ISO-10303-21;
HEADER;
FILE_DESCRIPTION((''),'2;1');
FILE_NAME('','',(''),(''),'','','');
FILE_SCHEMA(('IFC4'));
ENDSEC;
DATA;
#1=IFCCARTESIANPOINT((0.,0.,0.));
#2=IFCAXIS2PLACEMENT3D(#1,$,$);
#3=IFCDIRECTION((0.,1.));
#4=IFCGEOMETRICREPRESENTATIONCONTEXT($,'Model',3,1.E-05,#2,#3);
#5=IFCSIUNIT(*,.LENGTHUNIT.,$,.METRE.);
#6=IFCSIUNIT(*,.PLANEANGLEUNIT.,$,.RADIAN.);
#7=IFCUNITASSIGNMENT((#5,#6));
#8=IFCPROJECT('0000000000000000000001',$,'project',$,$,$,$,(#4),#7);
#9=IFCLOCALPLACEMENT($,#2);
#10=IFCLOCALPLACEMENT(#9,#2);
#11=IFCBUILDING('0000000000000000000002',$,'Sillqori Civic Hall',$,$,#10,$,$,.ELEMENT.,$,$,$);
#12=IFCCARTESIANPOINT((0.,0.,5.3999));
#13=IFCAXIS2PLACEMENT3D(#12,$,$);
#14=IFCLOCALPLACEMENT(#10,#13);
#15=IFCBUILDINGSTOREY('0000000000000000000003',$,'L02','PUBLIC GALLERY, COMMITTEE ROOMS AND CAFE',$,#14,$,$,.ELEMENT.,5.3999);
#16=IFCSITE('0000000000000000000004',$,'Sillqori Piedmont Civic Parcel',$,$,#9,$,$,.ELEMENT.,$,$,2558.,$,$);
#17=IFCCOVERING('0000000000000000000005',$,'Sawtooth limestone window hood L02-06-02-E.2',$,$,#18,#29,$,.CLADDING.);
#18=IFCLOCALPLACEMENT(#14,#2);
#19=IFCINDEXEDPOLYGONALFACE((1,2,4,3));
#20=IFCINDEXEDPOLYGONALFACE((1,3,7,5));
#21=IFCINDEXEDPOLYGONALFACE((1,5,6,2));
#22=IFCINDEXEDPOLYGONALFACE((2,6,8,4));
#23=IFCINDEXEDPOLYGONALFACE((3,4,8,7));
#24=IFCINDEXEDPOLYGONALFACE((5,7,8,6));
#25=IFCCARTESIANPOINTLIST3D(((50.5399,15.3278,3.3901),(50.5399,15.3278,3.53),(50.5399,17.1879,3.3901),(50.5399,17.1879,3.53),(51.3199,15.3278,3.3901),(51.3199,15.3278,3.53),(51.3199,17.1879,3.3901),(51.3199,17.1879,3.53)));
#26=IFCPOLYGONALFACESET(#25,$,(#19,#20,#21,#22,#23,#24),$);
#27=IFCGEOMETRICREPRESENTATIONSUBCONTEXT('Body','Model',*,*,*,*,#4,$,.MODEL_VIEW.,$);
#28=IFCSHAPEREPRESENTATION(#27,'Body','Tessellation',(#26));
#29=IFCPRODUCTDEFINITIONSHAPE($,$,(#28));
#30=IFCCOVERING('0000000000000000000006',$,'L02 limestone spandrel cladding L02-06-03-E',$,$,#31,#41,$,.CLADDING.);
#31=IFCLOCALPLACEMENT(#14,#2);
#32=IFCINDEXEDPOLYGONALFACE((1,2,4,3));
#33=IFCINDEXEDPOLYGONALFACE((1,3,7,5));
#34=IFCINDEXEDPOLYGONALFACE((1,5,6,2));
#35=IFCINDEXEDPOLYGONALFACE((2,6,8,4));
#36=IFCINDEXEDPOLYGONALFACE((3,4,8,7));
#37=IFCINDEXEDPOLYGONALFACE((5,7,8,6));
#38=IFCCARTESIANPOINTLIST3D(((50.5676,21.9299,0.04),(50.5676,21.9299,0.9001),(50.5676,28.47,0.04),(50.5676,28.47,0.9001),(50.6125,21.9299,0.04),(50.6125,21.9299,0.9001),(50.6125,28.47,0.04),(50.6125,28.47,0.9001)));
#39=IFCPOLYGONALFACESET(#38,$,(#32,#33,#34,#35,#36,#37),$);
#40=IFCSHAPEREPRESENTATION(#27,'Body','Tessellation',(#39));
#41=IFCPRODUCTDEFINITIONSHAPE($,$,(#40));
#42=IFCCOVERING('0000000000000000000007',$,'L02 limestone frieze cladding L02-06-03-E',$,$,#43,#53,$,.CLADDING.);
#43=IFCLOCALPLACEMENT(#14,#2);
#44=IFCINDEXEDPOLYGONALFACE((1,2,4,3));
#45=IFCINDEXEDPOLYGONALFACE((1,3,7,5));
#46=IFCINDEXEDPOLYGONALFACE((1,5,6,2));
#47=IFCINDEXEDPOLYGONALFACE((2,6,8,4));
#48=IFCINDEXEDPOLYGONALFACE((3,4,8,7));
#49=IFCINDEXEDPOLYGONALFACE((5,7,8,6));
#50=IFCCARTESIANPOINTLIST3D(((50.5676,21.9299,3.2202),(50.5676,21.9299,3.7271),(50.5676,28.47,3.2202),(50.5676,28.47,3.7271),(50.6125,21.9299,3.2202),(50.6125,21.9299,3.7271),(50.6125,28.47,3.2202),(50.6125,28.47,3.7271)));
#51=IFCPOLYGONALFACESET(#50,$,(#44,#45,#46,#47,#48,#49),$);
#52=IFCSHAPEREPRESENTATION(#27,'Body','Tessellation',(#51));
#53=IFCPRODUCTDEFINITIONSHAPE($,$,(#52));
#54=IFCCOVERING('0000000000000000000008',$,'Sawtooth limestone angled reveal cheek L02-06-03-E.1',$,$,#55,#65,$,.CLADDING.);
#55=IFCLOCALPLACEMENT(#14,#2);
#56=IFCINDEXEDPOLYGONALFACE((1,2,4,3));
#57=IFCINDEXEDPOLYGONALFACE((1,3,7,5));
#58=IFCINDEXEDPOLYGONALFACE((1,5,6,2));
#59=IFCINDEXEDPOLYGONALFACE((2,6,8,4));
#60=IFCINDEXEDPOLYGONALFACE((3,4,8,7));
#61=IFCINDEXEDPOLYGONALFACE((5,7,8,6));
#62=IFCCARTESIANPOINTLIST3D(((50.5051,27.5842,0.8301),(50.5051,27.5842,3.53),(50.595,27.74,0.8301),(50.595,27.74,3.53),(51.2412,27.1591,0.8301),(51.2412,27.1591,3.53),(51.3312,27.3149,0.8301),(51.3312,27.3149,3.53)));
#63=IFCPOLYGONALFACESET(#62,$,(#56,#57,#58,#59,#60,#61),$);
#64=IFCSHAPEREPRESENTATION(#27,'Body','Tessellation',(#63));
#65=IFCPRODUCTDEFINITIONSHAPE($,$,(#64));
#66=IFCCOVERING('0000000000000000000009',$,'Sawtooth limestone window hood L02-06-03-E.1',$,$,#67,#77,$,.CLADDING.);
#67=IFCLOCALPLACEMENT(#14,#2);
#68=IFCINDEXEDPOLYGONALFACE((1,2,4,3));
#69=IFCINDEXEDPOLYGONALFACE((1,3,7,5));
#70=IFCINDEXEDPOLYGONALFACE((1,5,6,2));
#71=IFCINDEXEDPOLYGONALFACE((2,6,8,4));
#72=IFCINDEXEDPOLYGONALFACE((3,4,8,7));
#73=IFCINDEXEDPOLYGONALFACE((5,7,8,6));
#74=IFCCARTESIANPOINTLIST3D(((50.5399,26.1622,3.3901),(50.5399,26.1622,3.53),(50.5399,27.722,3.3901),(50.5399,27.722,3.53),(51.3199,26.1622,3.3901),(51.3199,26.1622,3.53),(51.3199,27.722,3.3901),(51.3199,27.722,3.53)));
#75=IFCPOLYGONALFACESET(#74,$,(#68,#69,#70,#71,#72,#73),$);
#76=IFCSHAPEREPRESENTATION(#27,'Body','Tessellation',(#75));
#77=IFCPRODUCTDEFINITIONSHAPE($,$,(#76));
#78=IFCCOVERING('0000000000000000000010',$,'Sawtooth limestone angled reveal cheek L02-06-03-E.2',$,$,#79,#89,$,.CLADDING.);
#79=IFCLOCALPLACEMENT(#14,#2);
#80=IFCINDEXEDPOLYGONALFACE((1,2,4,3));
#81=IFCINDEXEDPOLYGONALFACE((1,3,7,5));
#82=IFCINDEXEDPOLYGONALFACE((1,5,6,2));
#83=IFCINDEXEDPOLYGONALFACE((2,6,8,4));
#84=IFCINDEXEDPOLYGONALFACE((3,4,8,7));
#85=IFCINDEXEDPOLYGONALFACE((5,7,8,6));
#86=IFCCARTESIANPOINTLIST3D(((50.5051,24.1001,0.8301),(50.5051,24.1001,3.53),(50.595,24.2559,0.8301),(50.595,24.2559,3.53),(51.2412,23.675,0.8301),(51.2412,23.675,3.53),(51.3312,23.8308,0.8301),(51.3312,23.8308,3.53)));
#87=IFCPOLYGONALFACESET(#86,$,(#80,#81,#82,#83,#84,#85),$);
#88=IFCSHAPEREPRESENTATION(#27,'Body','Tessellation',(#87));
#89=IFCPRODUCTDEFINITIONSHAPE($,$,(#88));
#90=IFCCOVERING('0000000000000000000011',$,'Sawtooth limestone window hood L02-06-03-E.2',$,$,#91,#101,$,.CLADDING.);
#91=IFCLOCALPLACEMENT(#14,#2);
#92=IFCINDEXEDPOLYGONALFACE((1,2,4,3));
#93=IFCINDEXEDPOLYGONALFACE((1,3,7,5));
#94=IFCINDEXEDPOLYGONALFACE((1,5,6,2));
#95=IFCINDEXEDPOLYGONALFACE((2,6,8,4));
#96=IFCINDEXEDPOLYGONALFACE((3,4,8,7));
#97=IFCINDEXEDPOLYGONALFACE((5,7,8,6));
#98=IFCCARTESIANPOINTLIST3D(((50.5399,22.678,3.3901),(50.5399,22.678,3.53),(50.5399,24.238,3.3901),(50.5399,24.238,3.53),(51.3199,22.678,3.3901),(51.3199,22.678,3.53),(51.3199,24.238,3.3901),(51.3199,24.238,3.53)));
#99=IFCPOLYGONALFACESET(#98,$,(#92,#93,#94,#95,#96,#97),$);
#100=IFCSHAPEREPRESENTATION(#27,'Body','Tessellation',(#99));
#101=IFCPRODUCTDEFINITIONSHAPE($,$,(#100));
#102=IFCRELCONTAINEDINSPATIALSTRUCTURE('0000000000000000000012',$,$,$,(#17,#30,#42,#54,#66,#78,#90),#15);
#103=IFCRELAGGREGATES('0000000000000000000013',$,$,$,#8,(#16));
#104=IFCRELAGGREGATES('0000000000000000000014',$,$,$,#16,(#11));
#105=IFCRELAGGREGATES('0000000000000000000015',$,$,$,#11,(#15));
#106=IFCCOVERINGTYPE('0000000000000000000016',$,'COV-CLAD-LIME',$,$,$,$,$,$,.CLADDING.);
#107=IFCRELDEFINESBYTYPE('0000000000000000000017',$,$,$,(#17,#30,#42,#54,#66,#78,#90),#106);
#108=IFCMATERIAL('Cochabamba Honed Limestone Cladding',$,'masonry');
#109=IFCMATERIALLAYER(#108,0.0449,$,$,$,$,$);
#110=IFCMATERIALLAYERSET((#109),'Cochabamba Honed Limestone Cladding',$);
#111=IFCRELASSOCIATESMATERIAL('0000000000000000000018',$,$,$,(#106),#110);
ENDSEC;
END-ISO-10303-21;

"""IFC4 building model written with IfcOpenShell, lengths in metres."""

from ifc_helpers import new_model, si_unit, direction, frame, frame_2d, origin, place, context, subcontext, project, spatial, rectangle, extrude, material, layer, layer_set, type_object, element, save


model = new_model("IFC4")

# Units and contexts
model_context = context("Model", 3, precision=1e-05, world=origin(), true_north=direction((0.0, 1.0)))
body_context = subcontext(model_context, "Body", "Model", "MODEL_VIEW")
ifc_project = project(units=[si_unit("LENGTHUNIT", "METRE"), si_unit("PLANEANGLEUNIT", "RADIAN")], contexts=[model_context])

# Site, building, storey
site_placement = place(None, origin())
site = spatial("IfcSite", under=ifc_project, at=site_placement, Name="Sillqori Piedmont Civic Parcel", CompositionType="ELEMENT", RefElevation=2558.0)
building_placement = place(site_placement, origin())
building = spatial("IfcBuilding", under=site, at=building_placement, Name="Sillqori Civic Hall", CompositionType="ELEMENT")
storey_placement = place(building_placement, frame((0.0, 0.0, 5.3999)))
storey = spatial("IfcBuildingStorey", under=building, at=storey_placement, Name="L02", Description="PUBLIC GALLERY, COMMITTEE ROOMS AND CAFE", CompositionType="ELEMENT", Elevation=5.3999)

# Coverings
ifc_material_1 = material(Name="Cochabamba Honed Limestone Cladding", Category="masonry")
ifc_layer_1 = layer(ifc_material_1, 0.0449)
ifc_layer_set_1 = layer_set([ifc_layer_1], Name="Cochabamba Honed Limestone Cladding")
covering_type = type_object("IfcCoveringType", Name="COV-CLAD-LIME", PredefinedType="CLADDING", material=ifc_layer_set_1)
covering_1_placement = place(storey_placement, frame((50.9299, 17.188, 3.3901), z_axis=(0.0, 0.0, 1.0), x_axis=(0.0, -1.0, 0.0)))
element("IfcCovering", 1, at=covering_1_placement, inside=storey, type_object=covering_type, Name="Sawtooth limestone window hood L02-06-02-E.2", PredefinedType="CLADDING", context=body_context, shape_type="SweptSolid", body=[
    extrude(rectangle(XDim=1.8601, YDim=0.78, at=frame_2d((0.9302, 0.0))), origin(), (0.0, 0.0, 1.0), 0.1399),
])
covering_2_placement = place(storey_placement, frame((50.5901, 28.47, 0.04), z_axis=(0.0, 0.0, 1.0), x_axis=(0.0, -1.0, 0.0)))
element("IfcCovering", 2, at=covering_2_placement, inside=storey, type_object=covering_type, Name="L02 limestone spandrel cladding L02-06-03-E", PredefinedType="CLADDING", context=body_context, shape_type="SweptSolid", body=[
    extrude(rectangle(XDim=6.54, YDim=0.0449, at=frame_2d((3.27, 0.0))), origin(), (0.0, 0.0, 1.0), 0.8601),
])
covering_3_placement = place(storey_placement, frame((50.5901, 28.47, 3.2202), z_axis=(0.0, 0.0, 1.0), x_axis=(0.0, -1.0, 0.0)))
element("IfcCovering", 3, at=covering_3_placement, inside=storey, type_object=covering_type, Name="L02 limestone frieze cladding L02-06-03-E", PredefinedType="CLADDING", context=body_context, shape_type="SweptSolid", body=[
    extrude(rectangle(XDim=6.54, YDim=0.0449, at=frame_2d((3.27, 0.0))), origin(), (0.0, 0.0, 1.0), 0.5068),
])
covering_4_placement = place(storey_placement, frame((50.55, 27.6621, 0.8301), z_axis=(0.0, 0.0, 1.0), x_axis=(0.865989, -0.500062, 0.0)))
element("IfcCovering", 4, at=covering_4_placement, inside=storey, type_object=covering_type, Name="Sawtooth limestone angled reveal cheek L02-06-03-E.1", PredefinedType="CLADDING", context=body_context, shape_type="SweptSolid", body=[
    extrude(rectangle(XDim=0.8501, YDim=0.1799, at=frame_2d((0.425, 0.0))), origin(), (0.0, 0.0, 1.0), 2.7),
])
covering_5_placement = place(storey_placement, frame((50.9299, 27.7219, 3.3901), z_axis=(0.0, 0.0, 1.0), x_axis=(0.0, -1.0, 0.0)))
element("IfcCovering", 5, at=covering_5_placement, inside=storey, type_object=covering_type, Name="Sawtooth limestone window hood L02-06-03-E.1", PredefinedType="CLADDING", context=body_context, shape_type="SweptSolid", body=[
    extrude(rectangle(XDim=1.5598, YDim=0.78, at=frame_2d((0.7798, 0.0))), origin(), (0.0, 0.0, 1.0), 0.1399),
])
covering_6_placement = place(storey_placement, frame((50.55, 24.178, 0.8301), z_axis=(0.0, 0.0, 1.0), x_axis=(0.865989, -0.500062, 0.0)))
element("IfcCovering", 6, at=covering_6_placement, inside=storey, type_object=covering_type, Name="Sawtooth limestone angled reveal cheek L02-06-03-E.2", PredefinedType="CLADDING", context=body_context, shape_type="SweptSolid", body=[
    extrude(rectangle(XDim=0.8501, YDim=0.1799, at=frame_2d((0.425, 0.0))), origin(), (0.0, 0.0, 1.0), 2.7),
])
covering_7_placement = place(storey_placement, frame((50.9299, 24.238, 3.3901), z_axis=(0.0, 0.0, 1.0), x_axis=(0.0, -1.0, 0.0)))
element("IfcCovering", 7, at=covering_7_placement, inside=storey, type_object=covering_type, Name="Sawtooth limestone window hood L02-06-03-E.2", PredefinedType="CLADDING", context=body_context, shape_type="SweptSolid", body=[
    extrude(rectangle(XDim=1.5601, YDim=0.78, at=frame_2d((0.78, 0.0))), origin(), (0.0, 0.0, 1.0), 0.1399),
])

save(model, "model.ifc")
